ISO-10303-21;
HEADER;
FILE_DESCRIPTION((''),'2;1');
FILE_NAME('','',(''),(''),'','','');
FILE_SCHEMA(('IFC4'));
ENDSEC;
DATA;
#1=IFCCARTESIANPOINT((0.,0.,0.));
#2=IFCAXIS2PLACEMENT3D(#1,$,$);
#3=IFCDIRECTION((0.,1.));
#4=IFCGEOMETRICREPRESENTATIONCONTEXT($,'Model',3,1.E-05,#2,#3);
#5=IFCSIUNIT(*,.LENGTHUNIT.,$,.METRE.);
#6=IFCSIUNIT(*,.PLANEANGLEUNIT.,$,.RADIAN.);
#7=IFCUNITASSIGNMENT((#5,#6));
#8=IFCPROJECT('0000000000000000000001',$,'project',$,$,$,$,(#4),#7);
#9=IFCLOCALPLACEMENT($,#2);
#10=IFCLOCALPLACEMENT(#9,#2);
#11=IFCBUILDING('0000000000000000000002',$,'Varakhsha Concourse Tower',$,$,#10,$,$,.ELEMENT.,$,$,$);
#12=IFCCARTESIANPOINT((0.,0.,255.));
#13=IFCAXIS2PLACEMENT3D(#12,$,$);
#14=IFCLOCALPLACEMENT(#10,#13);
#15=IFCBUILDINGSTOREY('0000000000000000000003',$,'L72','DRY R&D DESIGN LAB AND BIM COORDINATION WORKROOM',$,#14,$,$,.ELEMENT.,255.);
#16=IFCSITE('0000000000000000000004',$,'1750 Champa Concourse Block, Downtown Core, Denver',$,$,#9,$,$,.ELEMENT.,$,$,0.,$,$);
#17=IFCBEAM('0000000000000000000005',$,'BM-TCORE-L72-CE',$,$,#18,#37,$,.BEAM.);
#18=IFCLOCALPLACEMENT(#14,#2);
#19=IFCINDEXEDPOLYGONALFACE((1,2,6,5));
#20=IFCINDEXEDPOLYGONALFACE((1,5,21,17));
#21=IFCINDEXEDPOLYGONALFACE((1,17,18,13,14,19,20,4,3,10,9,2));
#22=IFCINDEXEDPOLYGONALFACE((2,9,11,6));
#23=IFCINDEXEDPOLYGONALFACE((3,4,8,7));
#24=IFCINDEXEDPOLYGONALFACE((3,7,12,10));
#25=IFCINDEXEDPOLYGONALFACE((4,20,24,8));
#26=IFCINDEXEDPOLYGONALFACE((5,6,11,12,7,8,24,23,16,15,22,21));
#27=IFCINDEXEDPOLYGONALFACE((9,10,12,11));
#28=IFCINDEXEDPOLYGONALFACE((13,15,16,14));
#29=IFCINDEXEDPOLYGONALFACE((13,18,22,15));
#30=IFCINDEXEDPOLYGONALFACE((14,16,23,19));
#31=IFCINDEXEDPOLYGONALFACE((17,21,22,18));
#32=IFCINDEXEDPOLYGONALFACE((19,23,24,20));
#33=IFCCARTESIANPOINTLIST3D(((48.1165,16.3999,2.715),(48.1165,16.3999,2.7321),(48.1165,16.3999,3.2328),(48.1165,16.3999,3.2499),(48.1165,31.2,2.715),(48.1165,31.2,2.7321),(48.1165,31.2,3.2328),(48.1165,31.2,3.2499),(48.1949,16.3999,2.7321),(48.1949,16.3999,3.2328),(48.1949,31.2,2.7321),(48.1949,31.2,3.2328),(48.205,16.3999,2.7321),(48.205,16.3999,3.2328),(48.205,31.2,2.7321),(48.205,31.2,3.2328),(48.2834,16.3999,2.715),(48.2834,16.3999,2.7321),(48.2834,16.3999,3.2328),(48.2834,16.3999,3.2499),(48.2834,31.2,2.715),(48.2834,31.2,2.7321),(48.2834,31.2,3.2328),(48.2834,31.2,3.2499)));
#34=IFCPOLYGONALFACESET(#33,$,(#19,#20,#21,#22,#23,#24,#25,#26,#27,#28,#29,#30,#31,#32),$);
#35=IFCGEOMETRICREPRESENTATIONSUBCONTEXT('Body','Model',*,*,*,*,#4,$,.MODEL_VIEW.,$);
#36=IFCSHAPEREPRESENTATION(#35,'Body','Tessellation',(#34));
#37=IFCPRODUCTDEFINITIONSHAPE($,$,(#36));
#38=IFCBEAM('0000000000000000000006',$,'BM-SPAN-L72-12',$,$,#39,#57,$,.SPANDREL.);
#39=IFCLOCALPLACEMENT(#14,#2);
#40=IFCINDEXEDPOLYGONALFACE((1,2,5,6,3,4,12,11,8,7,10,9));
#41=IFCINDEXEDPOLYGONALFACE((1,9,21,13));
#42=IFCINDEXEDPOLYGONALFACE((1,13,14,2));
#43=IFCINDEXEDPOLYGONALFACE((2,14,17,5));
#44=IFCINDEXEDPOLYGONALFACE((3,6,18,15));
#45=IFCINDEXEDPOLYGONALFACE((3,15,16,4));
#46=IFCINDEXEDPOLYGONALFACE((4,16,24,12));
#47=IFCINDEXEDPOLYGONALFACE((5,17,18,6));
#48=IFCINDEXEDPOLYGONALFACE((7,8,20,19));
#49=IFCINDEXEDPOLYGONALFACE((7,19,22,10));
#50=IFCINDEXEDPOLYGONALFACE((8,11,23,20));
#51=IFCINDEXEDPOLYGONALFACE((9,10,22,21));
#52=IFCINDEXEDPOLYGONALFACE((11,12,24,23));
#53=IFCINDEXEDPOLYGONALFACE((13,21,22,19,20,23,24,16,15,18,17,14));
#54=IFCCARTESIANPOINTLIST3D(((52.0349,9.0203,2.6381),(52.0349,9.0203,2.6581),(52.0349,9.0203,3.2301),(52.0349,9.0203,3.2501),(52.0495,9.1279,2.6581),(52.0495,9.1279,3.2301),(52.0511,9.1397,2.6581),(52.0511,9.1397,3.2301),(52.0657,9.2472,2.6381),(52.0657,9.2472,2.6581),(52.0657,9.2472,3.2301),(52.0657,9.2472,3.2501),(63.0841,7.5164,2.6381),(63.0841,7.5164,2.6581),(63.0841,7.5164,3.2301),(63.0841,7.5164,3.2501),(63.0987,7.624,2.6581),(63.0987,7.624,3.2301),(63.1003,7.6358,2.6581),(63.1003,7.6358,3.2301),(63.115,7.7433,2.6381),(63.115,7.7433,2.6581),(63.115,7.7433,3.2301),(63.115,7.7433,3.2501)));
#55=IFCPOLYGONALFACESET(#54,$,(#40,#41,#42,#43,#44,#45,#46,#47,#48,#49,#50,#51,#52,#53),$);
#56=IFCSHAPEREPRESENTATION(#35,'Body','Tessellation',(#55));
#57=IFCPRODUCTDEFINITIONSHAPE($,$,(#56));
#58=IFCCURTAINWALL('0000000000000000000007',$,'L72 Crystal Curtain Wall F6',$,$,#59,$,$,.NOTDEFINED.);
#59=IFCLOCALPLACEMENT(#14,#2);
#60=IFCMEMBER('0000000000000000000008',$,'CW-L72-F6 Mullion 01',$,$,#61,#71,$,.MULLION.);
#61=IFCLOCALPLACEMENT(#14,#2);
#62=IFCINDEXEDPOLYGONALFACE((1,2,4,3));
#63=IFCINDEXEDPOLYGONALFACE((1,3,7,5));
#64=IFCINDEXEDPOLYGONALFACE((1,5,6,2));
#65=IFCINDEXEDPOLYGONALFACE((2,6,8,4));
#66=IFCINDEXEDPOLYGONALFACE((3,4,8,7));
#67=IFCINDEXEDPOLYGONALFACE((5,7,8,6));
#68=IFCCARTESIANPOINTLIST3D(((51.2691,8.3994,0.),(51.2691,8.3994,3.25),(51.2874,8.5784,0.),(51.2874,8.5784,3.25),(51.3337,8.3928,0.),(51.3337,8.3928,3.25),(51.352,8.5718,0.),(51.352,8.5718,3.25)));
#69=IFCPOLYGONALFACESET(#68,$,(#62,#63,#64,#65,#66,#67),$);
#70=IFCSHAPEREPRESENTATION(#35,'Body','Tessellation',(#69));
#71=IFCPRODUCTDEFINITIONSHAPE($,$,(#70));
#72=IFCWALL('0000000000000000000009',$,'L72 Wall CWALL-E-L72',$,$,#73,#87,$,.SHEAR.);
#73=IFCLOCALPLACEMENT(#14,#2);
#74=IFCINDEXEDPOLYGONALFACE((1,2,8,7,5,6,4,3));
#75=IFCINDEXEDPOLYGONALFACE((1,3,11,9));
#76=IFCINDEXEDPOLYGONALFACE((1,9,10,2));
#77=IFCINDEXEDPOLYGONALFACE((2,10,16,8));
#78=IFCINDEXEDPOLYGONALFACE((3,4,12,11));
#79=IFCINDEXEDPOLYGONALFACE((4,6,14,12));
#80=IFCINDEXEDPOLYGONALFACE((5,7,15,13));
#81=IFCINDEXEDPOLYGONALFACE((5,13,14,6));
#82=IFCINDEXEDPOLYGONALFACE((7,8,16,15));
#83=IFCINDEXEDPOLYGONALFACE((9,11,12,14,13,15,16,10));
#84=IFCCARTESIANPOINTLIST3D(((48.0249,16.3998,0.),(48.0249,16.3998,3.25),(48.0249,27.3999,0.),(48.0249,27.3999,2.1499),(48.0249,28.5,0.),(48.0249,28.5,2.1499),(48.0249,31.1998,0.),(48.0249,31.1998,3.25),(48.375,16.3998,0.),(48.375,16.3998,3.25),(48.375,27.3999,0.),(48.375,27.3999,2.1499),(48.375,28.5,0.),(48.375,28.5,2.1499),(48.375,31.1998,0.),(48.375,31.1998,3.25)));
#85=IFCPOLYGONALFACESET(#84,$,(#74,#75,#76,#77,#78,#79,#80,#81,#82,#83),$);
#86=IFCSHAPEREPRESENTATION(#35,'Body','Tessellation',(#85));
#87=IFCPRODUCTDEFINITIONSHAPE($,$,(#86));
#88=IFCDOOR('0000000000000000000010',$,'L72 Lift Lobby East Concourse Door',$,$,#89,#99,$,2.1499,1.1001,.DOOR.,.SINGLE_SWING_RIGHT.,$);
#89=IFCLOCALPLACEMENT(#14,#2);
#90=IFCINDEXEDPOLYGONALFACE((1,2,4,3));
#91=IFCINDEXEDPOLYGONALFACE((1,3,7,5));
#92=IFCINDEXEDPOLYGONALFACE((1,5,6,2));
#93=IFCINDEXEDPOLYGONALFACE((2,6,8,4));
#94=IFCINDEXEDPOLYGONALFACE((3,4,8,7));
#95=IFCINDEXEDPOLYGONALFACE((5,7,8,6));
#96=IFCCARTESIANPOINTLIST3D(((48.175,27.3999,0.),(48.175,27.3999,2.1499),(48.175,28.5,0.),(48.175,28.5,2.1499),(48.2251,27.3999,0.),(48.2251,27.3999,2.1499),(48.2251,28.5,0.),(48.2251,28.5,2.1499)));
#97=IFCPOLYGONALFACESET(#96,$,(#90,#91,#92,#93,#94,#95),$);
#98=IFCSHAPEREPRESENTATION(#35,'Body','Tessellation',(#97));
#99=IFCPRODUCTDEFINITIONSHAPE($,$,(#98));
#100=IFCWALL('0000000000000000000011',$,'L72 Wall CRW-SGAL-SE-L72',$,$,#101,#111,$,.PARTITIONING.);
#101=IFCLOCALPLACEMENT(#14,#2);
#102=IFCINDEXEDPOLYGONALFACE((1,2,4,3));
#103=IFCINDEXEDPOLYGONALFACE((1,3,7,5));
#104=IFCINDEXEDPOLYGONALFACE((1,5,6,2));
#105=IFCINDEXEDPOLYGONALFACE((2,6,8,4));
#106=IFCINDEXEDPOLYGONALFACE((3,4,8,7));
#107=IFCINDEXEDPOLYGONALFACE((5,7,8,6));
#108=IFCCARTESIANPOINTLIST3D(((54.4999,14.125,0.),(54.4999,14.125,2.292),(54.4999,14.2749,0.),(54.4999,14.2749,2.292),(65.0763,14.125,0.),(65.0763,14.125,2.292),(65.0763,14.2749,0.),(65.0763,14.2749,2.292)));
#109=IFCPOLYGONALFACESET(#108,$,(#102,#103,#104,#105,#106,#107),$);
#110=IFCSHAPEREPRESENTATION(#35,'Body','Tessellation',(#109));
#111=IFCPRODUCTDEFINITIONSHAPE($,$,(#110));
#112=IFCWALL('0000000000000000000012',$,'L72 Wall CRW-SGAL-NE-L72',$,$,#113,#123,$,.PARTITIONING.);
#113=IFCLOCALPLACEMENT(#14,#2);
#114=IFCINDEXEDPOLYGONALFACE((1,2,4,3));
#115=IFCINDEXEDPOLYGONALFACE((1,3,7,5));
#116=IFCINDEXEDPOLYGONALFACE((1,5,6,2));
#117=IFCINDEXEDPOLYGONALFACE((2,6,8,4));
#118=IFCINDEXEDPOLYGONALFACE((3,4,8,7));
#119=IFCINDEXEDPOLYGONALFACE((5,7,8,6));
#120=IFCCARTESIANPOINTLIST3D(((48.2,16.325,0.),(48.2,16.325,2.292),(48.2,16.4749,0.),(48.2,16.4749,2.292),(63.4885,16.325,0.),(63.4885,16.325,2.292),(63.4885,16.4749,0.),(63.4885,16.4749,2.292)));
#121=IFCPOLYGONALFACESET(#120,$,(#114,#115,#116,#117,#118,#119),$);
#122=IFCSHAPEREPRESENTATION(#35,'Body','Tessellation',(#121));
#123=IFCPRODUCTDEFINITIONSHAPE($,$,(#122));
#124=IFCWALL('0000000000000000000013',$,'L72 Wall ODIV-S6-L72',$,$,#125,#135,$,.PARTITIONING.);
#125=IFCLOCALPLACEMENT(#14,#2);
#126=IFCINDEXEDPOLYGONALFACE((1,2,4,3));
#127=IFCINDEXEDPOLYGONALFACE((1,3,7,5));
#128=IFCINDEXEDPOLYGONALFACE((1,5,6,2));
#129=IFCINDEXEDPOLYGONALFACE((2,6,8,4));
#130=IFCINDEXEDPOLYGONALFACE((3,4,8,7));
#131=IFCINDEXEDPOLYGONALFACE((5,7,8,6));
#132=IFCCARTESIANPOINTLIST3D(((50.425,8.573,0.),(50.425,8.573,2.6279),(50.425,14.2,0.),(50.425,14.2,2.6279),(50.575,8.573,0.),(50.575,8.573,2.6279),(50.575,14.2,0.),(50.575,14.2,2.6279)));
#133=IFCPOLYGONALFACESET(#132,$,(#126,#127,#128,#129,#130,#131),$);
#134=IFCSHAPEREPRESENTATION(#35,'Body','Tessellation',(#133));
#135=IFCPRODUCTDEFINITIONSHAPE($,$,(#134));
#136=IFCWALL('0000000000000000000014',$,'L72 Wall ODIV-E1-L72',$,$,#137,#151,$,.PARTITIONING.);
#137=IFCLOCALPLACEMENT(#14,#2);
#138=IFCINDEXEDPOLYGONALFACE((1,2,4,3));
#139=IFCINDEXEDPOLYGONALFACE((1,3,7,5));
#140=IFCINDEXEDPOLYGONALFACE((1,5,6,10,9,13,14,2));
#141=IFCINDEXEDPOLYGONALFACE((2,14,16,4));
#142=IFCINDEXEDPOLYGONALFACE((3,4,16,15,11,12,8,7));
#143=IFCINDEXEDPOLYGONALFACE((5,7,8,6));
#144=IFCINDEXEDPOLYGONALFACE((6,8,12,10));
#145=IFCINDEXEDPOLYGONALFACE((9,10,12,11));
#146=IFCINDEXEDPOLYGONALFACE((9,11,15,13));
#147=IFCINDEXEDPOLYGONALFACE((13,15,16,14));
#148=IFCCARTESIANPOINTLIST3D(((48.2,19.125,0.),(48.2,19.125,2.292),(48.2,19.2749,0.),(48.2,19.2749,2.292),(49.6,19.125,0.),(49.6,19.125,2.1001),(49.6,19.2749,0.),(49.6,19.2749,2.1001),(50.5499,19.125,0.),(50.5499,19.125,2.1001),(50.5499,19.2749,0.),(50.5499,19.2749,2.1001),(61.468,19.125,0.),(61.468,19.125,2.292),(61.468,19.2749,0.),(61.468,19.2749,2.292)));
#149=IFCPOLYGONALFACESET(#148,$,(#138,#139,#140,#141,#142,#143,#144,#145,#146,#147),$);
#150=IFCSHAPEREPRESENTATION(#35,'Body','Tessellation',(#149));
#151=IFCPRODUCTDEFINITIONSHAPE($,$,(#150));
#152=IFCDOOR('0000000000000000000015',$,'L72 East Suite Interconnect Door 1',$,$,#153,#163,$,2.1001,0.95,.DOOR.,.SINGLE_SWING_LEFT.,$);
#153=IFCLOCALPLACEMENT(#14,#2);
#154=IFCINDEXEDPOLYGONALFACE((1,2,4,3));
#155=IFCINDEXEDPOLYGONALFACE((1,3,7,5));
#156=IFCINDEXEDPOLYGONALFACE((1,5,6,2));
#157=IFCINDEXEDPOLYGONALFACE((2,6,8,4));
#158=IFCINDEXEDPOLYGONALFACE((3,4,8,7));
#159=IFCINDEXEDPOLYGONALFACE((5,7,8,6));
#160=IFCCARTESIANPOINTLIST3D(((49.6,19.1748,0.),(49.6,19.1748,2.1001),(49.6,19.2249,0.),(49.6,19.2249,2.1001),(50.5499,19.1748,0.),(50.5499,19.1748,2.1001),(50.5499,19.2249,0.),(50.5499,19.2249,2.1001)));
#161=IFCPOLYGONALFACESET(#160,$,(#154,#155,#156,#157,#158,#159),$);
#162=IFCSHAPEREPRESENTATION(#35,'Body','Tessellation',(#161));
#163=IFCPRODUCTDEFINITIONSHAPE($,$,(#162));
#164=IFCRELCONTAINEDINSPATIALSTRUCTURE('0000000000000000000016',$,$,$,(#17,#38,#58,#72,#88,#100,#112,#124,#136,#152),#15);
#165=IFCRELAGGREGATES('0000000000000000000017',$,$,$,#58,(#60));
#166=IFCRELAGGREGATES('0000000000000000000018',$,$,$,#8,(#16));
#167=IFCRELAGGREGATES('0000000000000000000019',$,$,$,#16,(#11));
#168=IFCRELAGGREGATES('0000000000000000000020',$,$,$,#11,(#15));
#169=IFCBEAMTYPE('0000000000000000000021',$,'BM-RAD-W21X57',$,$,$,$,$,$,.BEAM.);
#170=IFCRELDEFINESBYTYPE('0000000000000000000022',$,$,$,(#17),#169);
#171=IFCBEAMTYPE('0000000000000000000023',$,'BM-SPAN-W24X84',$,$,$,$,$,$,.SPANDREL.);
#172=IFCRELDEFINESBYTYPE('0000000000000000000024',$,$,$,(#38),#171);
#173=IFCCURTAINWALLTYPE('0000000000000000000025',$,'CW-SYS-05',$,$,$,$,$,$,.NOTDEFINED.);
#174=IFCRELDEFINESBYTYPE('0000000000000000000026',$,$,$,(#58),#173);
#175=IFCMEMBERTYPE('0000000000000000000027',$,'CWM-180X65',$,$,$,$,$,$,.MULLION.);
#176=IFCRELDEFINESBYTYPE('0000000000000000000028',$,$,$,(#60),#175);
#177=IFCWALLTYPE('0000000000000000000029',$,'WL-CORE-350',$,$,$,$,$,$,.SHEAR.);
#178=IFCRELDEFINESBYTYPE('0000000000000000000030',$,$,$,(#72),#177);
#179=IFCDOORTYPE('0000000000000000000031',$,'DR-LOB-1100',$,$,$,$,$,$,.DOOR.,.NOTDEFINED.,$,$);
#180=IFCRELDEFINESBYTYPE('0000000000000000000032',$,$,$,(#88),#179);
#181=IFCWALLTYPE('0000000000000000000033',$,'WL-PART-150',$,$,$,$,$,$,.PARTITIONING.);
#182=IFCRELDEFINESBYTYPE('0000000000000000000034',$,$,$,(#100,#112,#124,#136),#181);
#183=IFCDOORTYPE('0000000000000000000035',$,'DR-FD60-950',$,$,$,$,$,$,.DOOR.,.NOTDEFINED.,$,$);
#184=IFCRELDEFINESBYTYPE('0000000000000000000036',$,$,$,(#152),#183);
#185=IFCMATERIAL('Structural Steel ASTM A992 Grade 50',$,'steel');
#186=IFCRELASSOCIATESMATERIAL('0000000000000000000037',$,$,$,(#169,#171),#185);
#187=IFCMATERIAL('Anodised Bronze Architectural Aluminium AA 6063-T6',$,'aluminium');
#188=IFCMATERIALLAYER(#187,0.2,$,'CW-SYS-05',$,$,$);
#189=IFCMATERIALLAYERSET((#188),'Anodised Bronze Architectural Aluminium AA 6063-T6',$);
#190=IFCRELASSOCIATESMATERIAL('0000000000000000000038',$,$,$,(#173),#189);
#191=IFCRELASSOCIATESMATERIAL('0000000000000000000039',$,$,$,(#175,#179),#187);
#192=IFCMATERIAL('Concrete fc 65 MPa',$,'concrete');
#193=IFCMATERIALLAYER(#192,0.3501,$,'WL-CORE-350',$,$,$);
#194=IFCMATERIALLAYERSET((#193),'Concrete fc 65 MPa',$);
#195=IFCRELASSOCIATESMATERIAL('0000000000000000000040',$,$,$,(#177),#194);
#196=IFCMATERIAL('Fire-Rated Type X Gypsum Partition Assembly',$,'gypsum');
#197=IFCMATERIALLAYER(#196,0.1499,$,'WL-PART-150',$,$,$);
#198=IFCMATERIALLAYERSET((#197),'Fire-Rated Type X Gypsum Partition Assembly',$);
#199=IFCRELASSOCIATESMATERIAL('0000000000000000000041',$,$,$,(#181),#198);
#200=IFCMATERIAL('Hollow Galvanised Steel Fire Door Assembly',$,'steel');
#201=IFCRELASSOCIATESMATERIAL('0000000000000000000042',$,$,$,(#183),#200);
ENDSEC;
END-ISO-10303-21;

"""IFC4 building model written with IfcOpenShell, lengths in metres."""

from ifc_helpers import new_model, si_unit, direction, frame, frame_2d, origin, origin_2d, place, context, subcontext, project, spatial, rectangle, i_section, extrude, source, transform, mapped, material, layer, layer_set, material_profile, profile_set, type_object, type_shapes, element, fill, aggregate, save


model = new_model("IFC4")

# Units and contexts
model_context = context("Model", 3, precision=1e-05, world=origin(), true_north=direction((0.0, 1.0)))
body_context = subcontext(model_context, "Body", "Model", "MODEL_VIEW")
ifc_project = project(units=[si_unit("LENGTHUNIT", "METRE"), si_unit("PLANEANGLEUNIT", "RADIAN")], contexts=[model_context])

# Site, building, storey
site_placement = place(None, origin())
site = spatial("IfcSite", under=ifc_project, at=site_placement, Name="1750 Champa Concourse Block, Downtown Core, Denver", CompositionType="ELEMENT", RefElevation=0.0)
building_placement = place(site_placement, origin())
building = spatial("IfcBuilding", under=site, at=building_placement, Name="Varakhsha Concourse Tower", CompositionType="ELEMENT")
storey_placement = place(building_placement, frame((0.0, 0.0, 255.0)))
storey = spatial("IfcBuildingStorey", under=building, at=storey_placement, Name="L72", Description="DRY R&D DESIGN LAB AND BIM COORDINATION WORKROOM", CompositionType="ELEMENT", Elevation=255.0)

# Shared definitions
ifc_material_1 = material(Name="Structural Steel ASTM A992 Grade 50", Category="steel")
ifc_material_2 = material(Name="Concrete fc 65 MPa", Category="concrete")

# Beams
ifc_material_profile_1 = material_profile(ifc_material_1, i_section(OverallWidth=0.167, OverallDepth=0.5349, WebThickness=0.01, FlangeThickness=0.0171, at=origin_2d()), Name="W21X57")
ifc_profile_set_1 = profile_set([ifc_material_profile_1], Name="Structural Steel ASTM A992 Grade 50")
beam_type_1 = type_object("IfcBeamType", Name="BM-RAD-W21X57", PredefinedType="BEAM", material=ifc_profile_set_1)
beam_1_placement = place(storey_placement, frame((48.2, 16.3999, 2.9824), z_axis=(0.0, 1.0, 0.0), x_axis=(-1.0, 0.0, 0.0)))
element("IfcBeam", 1, at=beam_1_placement, inside=storey, type_object=beam_type_1, Name="BM-TCORE-L72-CE", PredefinedType="BEAM", context=body_context, shape_type="SweptSolid", body=[
    extrude(i_section(OverallWidth=0.167, OverallDepth=0.5349, WebThickness=0.01, FlangeThickness=0.0171, at=origin_2d()), origin(), (0.0, 0.0, 1.0), 14.8),
])
ifc_material_profile_2 = material_profile(ifc_material_1, i_section(OverallWidth=0.229, OverallDepth=0.6121, WebThickness=0.012, FlangeThickness=0.02, at=origin_2d()), Name="W24X84")
ifc_profile_set_2 = profile_set([ifc_material_profile_2], Name="Structural Steel ASTM A992 Grade 50")
beam_type_2 = type_object("IfcBeamType", Name="BM-SPAN-W24X84", PredefinedType="SPANDREL", material=ifc_profile_set_2)
beam_2_placement = place(storey_placement, frame((52.0503, 9.1338, 2.9441), z_axis=(0.990864, -0.134865, 0.0), x_axis=(0.134865, 0.990864, 0.0)))
element("IfcBeam", 2, at=beam_2_placement, inside=storey, type_object=beam_type_2, Name="BM-SPAN-L72-12", PredefinedType="SPANDREL", context=body_context, shape_type="SweptSolid", body=[
    extrude(i_section(OverallWidth=0.229, OverallDepth=0.6121, WebThickness=0.012, FlangeThickness=0.02, at=origin_2d()), origin(), (0.0, 0.0, 1.0), 11.1511),
])

# Curtain wall, member
ifc_material_3 = material(Name="Anodised Bronze Architectural Aluminium AA 6063-T6", Category="aluminium")
ifc_layer_1 = layer(ifc_material_3, 0.2, Name="CW-SYS-05")
ifc_layer_set_1 = layer_set([ifc_layer_1], Name="Anodised Bronze Architectural Aluminium AA 6063-T6")
curtain_wall_type = type_object("IfcCurtainWallType", Name="CW-SYS-05", PredefinedType="NOTDEFINED", material=ifc_layer_set_1)
curtain_wall_placement = place(storey_placement, origin())
curtain_wall = element("IfcCurtainWall", 3, at=curtain_wall_placement, inside=storey, type_object=curtain_wall_type, Name="L72 Crystal Curtain Wall F6", PredefinedType="NOTDEFINED")
ifc_material_profile_3 = material_profile(ifc_material_3, rectangle(XDim=0.0649, YDim=0.1799, at=origin_2d()), Name="CWM-180X65")
ifc_profile_set_3 = profile_set([ifc_material_profile_3], Name="Anodised Bronze Architectural Aluminium AA 6063-T6")
member_type = type_object("IfcMemberType", Name="CWM-180X65", PredefinedType="MULLION", material=ifc_profile_set_3)
shared_shape = source(origin(), body_context, "Body", "SweptSolid", [
    extrude(rectangle(XDim=0.0649, YDim=0.1799, at=origin_2d()), origin(), (0.0, 0.0, 1.0), 3.25),
])
type_shapes(member_type, [shared_shape])
member_placement = place(storey_placement, frame((51.3105, 8.4856, 0.0), z_axis=(0.0, 0.0, 1.0), x_axis=(-0.994852, 0.101336, 0.0)))
member = element("IfcMember", 4, at=member_placement, type_object=member_type, Name="CW-L72-F6 Mullion 01", PredefinedType="MULLION", context=body_context, shape_type="MappedRepresentation", body=[
    mapped(shared_shape, transform((0.0, 0.0, 0.0), scale=1.0)),
])
aggregate(curtain_wall, [member])

# Wall, opening, door
ifc_layer_2 = layer(ifc_material_2, 0.3501, Name="WL-CORE-350")
ifc_layer_set_2 = layer_set([ifc_layer_2], Name="Concrete fc 65 MPa")
wall_type_1 = type_object("IfcWallType", Name="WL-CORE-350", PredefinedType="SHEAR", material=ifc_layer_set_2)
wall_1_placement = place(storey_placement, frame((48.2, 16.3999, 0.0), z_axis=(0.0, 0.0, 1.0), x_axis=(0.0, 1.0, 0.0)))
wall_1 = element("IfcWall", 5, at=wall_1_placement, inside=storey, type_object=wall_type_1, Name="L72 Wall CWALL-E-L72", PredefinedType="SHEAR", context=body_context, shape_type="SweptSolid", body=[
    extrude(rectangle(XDim=14.8, YDim=0.3501, at=frame_2d((7.3999, 0.0))), origin(), (0.0, 0.0, 1.0), 3.25),
])
opening_1_placement = place(wall_1_placement, frame((11.0, 0.0, 0.0)))
opening_1 = element("IfcOpeningElement", 6, at=opening_1_placement, cuts=wall_1, PredefinedType="OPENING", context=body_context, shape_type="SweptSolid", body=[
    extrude(rectangle(XDim=1.1001, YDim=2.1499, at=frame_2d((0.55, 1.075))), frame((0.0, 0.1851, 0.0), z_axis=(0.0, -1.0, 0.0), x_axis=(1.0, 0.0, 0.0)), (0.0, 0.0, 1.0), 0.3701),
])
door_type_1 = type_object("IfcDoorType", Name="DR-LOB-1100", OperationType="NOTDEFINED", PredefinedType="DOOR", material=ifc_material_3)
door_1_placement = place(opening_1_placement, origin())
door_1 = element("IfcDoor", 7, at=door_1_placement, inside=storey, type_object=door_type_1, Name="L72 Lift Lobby East Concourse Door", OperationType="SINGLE_SWING_RIGHT", OverallHeight=2.1499, OverallWidth=1.1001, PredefinedType="DOOR", context=body_context, shape_type="SweptSolid", body=[
    extrude(rectangle(XDim=1.1001, YDim=2.1499, at=frame_2d((0.55, 1.075))), frame((0.0, 0.0249, 0.0), z_axis=(0.0, -1.0, 0.0), x_axis=(1.0, 0.0, 0.0)), (0.0, 0.0, 1.0), 0.05),
])
fill(opening_1, door_1)

# Walls
ifc_material_4 = material(Name="Fire-Rated Type X Gypsum Partition Assembly", Category="gypsum")
ifc_layer_3 = layer(ifc_material_4, 0.1499, Name="WL-PART-150")
ifc_layer_set_3 = layer_set([ifc_layer_3], Name="Fire-Rated Type X Gypsum Partition Assembly")
wall_type_2 = type_object("IfcWallType", Name="WL-PART-150", PredefinedType="PARTITIONING", material=ifc_layer_set_3)
wall_2_placement = place(storey_placement, frame((54.5, 14.2, 0.0), z_axis=(0.0, 0.0, 1.0), x_axis=(1.0, 0.0, 0.0)))
element("IfcWall", 8, at=wall_2_placement, inside=storey, type_object=wall_type_2, Name="L72 Wall CRW-SGAL-SE-L72", PredefinedType="PARTITIONING", context=body_context, shape_type="SweptSolid", body=[
    extrude(rectangle(XDim=10.5764, YDim=0.1499, at=frame_2d((5.2881, 0.0))), origin(), (0.0, 0.0, 1.0), 2.292),
])
wall_3_placement = place(storey_placement, frame((48.2, 16.3999, 0.0), z_axis=(0.0, 0.0, 1.0), x_axis=(1.0, 0.0, 0.0)))
element("IfcWall", 9, at=wall_3_placement, inside=storey, type_object=wall_type_2, Name="L72 Wall CRW-SGAL-NE-L72", PredefinedType="PARTITIONING", context=body_context, shape_type="SweptSolid", body=[
    extrude(rectangle(XDim=15.2886, YDim=0.1499, at=frame_2d((7.6443, 0.0))), origin(), (0.0, 0.0, 1.0), 2.292),
])
wall_4_placement = place(storey_placement, frame((50.5, 8.573, 0.0), z_axis=(0.0, 0.0, 1.0), x_axis=(0.0, 1.0, 0.0)))
element("IfcWall", 10, at=wall_4_placement, inside=storey, type_object=wall_type_2, Name="L72 Wall ODIV-S6-L72", PredefinedType="PARTITIONING", context=body_context, shape_type="SweptSolid", body=[
    extrude(rectangle(XDim=5.627, YDim=0.1499, at=frame_2d((2.8135, 0.0))), origin(), (0.0, 0.0, 1.0), 2.6279),
])

# Wall, opening, door
wall_5_placement = place(storey_placement, frame((48.2, 19.2, 0.0), z_axis=(0.0, 0.0, 1.0), x_axis=(1.0, 0.0, 0.0)))
wall_5 = element("IfcWall", 11, at=wall_5_placement, inside=storey, type_object=wall_type_2, Name="L72 Wall ODIV-E1-L72", PredefinedType="PARTITIONING", context=body_context, shape_type="SweptSolid", body=[
    extrude(rectangle(XDim=13.2681, YDim=0.1499, at=frame_2d((6.634, 0.0))), origin(), (0.0, 0.0, 1.0), 2.292),
])
opening_2_placement = place(wall_5_placement, frame((1.3999, 0.0, 0.0)))
opening_2 = element("IfcOpeningElement", 12, at=opening_2_placement, cuts=wall_5, PredefinedType="OPENING", context=body_context, shape_type="SweptSolid", body=[
    extrude(rectangle(XDim=0.95, YDim=2.1001, at=frame_2d((0.4751, 1.05))), frame((0.0, 0.085, 0.0), z_axis=(0.0, -1.0, 0.0), x_axis=(1.0, 0.0, 0.0)), (0.0, 0.0, 1.0), 0.1699),
])
ifc_material_5 = material(Name="Hollow Galvanised Steel Fire Door Assembly", Category="steel")
door_type_2 = type_object("IfcDoorType", Name="DR-FD60-950", OperationType="NOTDEFINED", PredefinedType="DOOR", material=ifc_material_5)
door_2_placement = place(opening_2_placement, origin())
door_2 = element("IfcDoor", 13, at=door_2_placement, inside=storey, type_object=door_type_2, Name="L72 East Suite Interconnect Door 1", OperationType="SINGLE_SWING_LEFT", OverallHeight=2.1001, OverallWidth=0.95, PredefinedType="DOOR", context=body_context, shape_type="SweptSolid", body=[
    extrude(rectangle(XDim=0.95, YDim=2.1001, at=frame_2d((0.4751, 1.05))), frame((0.0, 0.0249, 0.0), z_axis=(0.0, -1.0, 0.0), x_axis=(1.0, 0.0, 0.0)), (0.0, 0.0, 1.0), 0.05),
])
fill(opening_2, door_2)

save(model, "model.ifc")
